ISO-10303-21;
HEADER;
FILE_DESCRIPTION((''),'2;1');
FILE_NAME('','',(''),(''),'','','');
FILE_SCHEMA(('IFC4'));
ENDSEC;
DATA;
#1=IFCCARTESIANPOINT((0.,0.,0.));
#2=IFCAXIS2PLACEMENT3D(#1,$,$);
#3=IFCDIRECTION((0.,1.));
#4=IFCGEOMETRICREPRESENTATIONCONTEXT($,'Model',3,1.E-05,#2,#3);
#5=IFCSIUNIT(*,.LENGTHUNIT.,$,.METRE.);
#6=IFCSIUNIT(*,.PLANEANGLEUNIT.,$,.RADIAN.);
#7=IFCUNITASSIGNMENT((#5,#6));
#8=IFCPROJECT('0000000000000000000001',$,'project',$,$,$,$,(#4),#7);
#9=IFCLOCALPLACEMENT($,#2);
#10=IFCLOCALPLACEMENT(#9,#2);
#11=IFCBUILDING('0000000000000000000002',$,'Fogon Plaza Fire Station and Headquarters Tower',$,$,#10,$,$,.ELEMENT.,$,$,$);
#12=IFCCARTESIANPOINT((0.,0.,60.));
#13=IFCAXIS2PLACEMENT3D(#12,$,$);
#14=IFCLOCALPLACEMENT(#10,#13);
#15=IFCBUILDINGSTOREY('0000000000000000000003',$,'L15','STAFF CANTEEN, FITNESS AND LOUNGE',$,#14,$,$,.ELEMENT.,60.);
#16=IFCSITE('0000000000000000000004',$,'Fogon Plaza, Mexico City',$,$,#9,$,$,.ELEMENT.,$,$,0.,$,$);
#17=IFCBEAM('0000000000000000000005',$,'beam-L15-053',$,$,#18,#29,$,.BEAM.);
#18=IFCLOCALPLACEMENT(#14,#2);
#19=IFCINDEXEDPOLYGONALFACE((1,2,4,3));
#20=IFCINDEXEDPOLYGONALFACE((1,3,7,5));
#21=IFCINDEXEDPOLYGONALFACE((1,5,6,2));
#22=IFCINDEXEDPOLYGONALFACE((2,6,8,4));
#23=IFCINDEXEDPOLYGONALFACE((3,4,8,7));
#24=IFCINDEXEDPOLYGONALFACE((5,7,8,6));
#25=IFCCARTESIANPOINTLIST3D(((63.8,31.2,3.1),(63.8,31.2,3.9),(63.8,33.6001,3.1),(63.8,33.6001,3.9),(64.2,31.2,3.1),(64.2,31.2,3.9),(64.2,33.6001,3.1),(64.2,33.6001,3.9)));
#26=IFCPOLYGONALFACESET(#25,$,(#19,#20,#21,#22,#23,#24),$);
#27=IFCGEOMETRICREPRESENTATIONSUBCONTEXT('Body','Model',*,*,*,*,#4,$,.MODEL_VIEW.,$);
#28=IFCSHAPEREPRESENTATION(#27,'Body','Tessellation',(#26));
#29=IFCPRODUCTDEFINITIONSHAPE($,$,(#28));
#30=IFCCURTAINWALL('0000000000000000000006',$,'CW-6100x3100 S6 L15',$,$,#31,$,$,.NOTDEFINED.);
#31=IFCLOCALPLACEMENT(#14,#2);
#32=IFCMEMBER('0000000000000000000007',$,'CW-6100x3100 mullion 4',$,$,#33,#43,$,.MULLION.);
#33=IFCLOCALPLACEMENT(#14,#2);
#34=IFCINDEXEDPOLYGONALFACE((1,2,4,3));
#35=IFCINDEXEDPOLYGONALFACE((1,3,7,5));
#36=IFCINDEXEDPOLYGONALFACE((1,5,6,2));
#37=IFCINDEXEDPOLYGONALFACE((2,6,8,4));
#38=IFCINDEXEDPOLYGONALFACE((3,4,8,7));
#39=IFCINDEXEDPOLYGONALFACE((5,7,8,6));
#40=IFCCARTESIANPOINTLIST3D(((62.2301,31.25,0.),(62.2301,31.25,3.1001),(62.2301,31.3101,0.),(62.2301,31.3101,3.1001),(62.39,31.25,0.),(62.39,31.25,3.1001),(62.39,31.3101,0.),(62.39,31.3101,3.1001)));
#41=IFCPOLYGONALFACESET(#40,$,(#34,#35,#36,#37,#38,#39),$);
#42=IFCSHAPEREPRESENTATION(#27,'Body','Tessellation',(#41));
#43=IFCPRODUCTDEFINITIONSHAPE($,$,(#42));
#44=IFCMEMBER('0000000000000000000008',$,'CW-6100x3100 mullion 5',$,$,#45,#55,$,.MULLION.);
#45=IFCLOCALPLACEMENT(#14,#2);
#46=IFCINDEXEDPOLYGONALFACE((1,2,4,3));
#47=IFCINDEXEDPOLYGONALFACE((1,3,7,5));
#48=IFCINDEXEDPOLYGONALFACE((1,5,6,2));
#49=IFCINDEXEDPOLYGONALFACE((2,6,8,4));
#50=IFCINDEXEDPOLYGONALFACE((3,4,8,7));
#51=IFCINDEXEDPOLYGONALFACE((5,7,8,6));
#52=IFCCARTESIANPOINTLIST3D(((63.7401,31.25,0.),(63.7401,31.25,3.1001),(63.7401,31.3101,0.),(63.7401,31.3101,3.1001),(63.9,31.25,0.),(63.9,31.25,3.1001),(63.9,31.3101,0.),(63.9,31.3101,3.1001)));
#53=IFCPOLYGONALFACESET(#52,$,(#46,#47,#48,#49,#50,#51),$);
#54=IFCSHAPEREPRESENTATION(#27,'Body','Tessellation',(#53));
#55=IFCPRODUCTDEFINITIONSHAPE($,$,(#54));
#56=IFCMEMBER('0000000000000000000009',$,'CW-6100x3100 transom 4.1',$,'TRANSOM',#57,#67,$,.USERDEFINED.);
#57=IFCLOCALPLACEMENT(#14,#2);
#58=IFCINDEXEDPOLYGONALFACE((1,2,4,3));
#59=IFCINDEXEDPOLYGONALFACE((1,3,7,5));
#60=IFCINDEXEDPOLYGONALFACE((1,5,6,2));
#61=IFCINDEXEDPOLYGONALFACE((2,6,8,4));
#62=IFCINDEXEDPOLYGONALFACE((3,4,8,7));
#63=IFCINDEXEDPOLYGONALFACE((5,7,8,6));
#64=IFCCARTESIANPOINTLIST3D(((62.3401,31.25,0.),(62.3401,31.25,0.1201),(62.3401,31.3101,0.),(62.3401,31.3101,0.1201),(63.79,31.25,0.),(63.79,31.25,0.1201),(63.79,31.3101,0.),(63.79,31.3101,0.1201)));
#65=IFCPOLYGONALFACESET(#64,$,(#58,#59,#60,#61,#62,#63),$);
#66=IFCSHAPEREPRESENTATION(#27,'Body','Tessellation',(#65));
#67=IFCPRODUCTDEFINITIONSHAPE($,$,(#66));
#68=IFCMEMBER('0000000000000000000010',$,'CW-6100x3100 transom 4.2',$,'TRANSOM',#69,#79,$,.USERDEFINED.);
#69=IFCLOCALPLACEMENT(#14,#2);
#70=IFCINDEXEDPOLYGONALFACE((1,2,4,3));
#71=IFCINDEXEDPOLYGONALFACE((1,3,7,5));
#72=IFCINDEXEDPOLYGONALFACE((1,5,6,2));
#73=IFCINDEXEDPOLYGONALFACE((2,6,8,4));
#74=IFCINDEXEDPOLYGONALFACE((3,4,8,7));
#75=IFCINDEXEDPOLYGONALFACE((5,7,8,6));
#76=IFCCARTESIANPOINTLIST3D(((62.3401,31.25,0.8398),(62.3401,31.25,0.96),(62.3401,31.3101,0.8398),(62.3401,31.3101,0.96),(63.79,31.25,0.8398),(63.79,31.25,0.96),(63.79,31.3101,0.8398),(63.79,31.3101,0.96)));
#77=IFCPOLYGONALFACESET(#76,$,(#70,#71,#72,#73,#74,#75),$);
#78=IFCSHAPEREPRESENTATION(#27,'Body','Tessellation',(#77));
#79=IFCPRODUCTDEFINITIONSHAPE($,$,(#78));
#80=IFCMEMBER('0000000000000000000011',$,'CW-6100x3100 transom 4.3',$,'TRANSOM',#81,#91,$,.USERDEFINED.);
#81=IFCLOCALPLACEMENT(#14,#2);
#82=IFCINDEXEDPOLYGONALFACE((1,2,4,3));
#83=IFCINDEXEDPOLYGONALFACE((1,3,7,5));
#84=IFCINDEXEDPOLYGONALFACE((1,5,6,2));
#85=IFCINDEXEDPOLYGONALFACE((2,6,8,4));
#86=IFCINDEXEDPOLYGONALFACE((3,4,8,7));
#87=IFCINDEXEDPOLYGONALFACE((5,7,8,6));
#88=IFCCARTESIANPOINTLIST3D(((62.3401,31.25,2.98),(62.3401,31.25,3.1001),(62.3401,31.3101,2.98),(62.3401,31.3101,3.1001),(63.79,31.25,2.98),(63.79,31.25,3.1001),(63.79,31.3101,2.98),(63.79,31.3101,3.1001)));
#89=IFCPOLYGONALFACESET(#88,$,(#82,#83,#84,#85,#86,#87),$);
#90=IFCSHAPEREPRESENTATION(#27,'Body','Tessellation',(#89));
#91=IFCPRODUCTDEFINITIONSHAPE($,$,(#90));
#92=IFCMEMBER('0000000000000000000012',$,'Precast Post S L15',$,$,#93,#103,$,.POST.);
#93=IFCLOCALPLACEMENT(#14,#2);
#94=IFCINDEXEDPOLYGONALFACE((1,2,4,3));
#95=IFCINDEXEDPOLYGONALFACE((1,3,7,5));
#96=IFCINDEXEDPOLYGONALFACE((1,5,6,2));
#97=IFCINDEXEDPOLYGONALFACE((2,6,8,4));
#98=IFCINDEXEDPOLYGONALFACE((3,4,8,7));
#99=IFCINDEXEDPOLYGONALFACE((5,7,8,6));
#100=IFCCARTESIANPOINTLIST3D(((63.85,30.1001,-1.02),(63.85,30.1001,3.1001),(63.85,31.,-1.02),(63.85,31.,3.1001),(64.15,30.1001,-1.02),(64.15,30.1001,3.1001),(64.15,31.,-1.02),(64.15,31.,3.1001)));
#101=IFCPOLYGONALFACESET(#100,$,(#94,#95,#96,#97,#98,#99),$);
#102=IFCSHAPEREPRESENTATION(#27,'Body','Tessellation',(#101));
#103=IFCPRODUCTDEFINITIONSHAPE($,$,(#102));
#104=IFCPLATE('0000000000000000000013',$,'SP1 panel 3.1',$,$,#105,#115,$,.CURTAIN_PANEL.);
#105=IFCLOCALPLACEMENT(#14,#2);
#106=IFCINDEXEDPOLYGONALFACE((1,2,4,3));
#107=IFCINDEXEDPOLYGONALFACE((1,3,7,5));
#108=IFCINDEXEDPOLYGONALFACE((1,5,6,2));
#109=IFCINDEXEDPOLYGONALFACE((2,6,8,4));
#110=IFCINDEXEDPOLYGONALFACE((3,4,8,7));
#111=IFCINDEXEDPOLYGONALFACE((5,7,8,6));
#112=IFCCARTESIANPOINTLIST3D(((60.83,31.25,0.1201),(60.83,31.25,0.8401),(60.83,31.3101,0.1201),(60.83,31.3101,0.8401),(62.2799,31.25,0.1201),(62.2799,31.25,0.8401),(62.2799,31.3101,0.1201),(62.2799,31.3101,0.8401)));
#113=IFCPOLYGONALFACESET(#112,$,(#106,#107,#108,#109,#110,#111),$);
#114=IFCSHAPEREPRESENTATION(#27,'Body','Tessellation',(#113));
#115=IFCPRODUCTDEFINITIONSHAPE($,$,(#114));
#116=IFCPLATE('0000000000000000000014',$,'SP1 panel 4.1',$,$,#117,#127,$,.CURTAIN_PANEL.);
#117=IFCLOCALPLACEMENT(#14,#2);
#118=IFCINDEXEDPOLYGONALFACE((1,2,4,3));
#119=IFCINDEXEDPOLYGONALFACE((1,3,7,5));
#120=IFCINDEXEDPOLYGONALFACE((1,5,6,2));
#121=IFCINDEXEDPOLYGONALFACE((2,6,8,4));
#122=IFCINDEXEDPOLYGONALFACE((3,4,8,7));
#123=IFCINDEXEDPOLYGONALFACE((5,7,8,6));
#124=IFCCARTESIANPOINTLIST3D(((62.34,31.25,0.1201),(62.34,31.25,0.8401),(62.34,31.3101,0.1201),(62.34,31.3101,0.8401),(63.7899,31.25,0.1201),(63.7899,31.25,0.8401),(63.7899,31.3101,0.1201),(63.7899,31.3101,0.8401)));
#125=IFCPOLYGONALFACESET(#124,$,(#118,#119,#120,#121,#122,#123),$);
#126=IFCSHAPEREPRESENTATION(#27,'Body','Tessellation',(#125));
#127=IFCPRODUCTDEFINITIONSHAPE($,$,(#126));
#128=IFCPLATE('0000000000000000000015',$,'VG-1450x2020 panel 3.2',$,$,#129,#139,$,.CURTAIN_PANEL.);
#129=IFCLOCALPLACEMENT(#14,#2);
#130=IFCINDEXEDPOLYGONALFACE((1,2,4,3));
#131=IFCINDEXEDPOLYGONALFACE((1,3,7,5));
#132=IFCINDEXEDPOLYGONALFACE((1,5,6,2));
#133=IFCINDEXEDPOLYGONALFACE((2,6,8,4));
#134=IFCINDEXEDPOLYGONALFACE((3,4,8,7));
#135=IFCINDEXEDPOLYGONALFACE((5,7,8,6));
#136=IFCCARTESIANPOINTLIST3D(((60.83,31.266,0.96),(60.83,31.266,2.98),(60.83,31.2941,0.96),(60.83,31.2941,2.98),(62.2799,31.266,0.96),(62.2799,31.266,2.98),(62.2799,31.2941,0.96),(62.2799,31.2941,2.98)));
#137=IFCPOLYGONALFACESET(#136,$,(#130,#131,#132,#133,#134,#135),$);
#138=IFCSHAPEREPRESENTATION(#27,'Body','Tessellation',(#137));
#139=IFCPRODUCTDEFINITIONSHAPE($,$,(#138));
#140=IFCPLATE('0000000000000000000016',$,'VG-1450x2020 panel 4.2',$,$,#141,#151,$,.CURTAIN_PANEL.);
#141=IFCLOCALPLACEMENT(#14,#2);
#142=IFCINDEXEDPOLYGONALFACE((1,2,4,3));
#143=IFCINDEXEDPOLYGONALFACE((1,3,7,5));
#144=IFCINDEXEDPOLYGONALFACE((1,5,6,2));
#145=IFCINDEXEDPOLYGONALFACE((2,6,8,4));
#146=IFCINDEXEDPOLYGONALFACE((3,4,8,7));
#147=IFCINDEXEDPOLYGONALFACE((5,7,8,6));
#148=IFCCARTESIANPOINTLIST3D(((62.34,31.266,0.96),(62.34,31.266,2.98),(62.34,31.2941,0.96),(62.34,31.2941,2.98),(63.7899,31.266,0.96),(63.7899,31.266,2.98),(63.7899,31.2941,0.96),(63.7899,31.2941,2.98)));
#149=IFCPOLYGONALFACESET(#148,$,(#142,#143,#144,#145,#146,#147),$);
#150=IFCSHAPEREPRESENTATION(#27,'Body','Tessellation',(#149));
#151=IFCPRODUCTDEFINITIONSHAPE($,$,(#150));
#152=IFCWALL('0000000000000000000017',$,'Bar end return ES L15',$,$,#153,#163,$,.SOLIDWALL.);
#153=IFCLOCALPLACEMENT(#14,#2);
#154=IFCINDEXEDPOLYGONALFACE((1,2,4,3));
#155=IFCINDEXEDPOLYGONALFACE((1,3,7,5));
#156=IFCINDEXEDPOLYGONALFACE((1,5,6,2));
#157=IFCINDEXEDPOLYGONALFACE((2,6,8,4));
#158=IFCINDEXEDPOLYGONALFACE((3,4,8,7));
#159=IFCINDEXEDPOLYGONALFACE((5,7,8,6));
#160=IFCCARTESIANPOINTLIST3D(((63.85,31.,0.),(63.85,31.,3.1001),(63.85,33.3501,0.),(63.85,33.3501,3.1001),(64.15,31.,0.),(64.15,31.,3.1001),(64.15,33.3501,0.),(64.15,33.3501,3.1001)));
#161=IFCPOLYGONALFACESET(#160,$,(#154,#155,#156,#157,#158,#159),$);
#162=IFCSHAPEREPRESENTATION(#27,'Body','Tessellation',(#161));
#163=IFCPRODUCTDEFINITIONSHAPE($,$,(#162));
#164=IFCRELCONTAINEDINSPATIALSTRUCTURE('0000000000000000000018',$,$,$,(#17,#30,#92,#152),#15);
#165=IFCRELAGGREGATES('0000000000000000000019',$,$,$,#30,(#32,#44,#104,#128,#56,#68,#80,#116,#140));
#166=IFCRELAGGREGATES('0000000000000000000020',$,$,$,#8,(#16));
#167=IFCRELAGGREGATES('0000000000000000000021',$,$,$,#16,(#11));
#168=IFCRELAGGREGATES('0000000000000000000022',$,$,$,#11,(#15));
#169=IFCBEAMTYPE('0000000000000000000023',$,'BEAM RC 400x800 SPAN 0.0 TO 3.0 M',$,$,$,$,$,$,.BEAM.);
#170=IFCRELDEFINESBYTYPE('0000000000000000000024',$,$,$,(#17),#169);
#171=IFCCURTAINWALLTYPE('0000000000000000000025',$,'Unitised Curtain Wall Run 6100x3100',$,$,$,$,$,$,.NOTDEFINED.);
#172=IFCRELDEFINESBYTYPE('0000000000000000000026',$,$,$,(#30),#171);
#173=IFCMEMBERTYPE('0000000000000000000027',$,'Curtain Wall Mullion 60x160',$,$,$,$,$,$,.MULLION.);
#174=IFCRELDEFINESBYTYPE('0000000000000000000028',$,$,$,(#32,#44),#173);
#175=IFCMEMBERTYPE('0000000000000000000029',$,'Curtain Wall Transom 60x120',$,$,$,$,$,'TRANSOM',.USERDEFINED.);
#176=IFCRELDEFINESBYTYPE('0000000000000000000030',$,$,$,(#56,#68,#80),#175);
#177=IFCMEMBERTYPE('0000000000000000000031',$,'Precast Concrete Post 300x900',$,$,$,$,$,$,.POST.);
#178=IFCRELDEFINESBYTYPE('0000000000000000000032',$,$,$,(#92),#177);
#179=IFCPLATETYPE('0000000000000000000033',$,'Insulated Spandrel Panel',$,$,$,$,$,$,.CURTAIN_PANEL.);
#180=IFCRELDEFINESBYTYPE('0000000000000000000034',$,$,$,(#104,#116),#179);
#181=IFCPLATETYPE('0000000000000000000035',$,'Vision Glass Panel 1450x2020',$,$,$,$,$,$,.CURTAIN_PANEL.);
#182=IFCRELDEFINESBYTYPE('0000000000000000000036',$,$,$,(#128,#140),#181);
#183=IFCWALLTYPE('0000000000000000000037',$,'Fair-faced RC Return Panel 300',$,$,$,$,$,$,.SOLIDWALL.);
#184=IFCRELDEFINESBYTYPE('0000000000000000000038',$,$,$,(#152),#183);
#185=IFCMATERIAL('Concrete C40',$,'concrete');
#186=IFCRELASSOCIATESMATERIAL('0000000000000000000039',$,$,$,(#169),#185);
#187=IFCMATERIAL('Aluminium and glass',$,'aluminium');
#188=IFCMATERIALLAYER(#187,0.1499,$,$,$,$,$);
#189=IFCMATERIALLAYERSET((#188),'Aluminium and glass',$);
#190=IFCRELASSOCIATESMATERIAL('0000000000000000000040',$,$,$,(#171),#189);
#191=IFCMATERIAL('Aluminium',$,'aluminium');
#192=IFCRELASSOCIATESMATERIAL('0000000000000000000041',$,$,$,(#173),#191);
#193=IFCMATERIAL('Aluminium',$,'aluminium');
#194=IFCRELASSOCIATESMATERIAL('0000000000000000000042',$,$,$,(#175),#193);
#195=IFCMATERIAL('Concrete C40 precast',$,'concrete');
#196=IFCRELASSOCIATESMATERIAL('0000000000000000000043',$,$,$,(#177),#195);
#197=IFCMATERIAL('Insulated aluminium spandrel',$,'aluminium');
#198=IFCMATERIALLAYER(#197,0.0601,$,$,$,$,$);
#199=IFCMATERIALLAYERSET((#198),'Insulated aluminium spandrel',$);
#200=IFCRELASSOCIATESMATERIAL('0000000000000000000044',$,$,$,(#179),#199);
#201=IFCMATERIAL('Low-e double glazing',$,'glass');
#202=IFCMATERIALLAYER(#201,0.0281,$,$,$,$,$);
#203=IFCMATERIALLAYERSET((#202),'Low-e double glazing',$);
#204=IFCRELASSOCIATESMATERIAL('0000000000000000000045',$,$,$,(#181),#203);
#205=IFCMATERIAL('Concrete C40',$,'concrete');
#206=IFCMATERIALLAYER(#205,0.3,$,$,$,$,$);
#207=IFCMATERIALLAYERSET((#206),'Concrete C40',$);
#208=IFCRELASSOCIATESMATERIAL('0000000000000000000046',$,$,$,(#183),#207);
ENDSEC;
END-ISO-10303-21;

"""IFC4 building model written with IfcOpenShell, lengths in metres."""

from ifc_helpers import new_model, si_unit, direction, frame, frame_2d, origin, origin_2d, place, context, subcontext, project, spatial, rectangle, extrude, material, layer, layer_set, material_profile, profile_set, type_object, element, aggregate, save


model = new_model("IFC4")

# Units and contexts
model_context = context("Model", 3, precision=1e-05, world=origin(), true_north=direction((0.0, 1.0)))
body_context = subcontext(model_context, "Body", "Model", "MODEL_VIEW")
ifc_project = project(units=[si_unit("LENGTHUNIT", "METRE"), si_unit("PLANEANGLEUNIT", "RADIAN")], contexts=[model_context])

# Site, building, storey
site_placement = place(None, origin())
site = spatial("IfcSite", under=ifc_project, at=site_placement, Name="Fogon Plaza, Mexico City", CompositionType="ELEMENT", RefElevation=0.0)
building_placement = place(site_placement, origin())
building = spatial("IfcBuilding", under=site, at=building_placement, Name="Fogon Plaza Fire Station and Headquarters Tower", CompositionType="ELEMENT")
storey_placement = place(building_placement, frame((0.0, 0.0, 60.0)))
storey = spatial("IfcBuildingStorey", under=building, at=storey_placement, Name="L15", Description="STAFF CANTEEN, FITNESS AND LOUNGE", CompositionType="ELEMENT", Elevation=60.0)

# Beam
ifc_material_1 = material(Name="Concrete C40", Category="concrete")
ifc_material_profile_1 = material_profile(ifc_material_1, rectangle(XDim=0.3999, YDim=0.8, at=origin_2d()), Name="RC 400x800")
ifc_profile_set_1 = profile_set([ifc_material_profile_1], Name="Concrete C40")
beam_type = type_object("IfcBeamType", Name="BEAM RC 400x800 SPAN 0.0 TO 3.0 M", PredefinedType="BEAM", material=ifc_profile_set_1)
beam_placement = place(storey_placement, frame((64.0, 31.2, 3.5), z_axis=(0.0, 1.0, 0.0), x_axis=(-1.0, 0.0, 0.0)))
element("IfcBeam", 1, at=beam_placement, inside=storey, type_object=beam_type, Name="beam-L15-053", PredefinedType="BEAM", context=body_context, shape_type="SweptSolid", body=[
    extrude(rectangle(XDim=0.3999, YDim=0.8, at=origin_2d()), origin(), (0.0, 0.0, 1.0), 2.4001),
])

# Curtain wall, members
ifc_material_2 = material(Name="Aluminium and glass", Category="aluminium")
ifc_layer_1 = layer(ifc_material_2, 0.1499)
ifc_layer_set_1 = layer_set([ifc_layer_1], Name="Aluminium and glass")
curtain_wall_type = type_object("IfcCurtainWallType", Name="Unitised Curtain Wall Run 6100x3100", PredefinedType="NOTDEFINED", material=ifc_layer_set_1)
curtain_wall_placement = place(storey_placement, origin())
curtain_wall = element("IfcCurtainWall", 2, at=curtain_wall_placement, inside=storey, type_object=curtain_wall_type, Name="CW-6100x3100 S6 L15", PredefinedType="NOTDEFINED")
ifc_material_3 = material(Name="Aluminium", Category="aluminium")
ifc_material_profile_2 = material_profile(ifc_material_3, rectangle(XDim=0.0601, YDim=0.1599, at=origin_2d()), Name="Curtain Wall Mullion 60x160")
ifc_profile_set_2 = profile_set([ifc_material_profile_2], Name="Aluminium")
member_type_1 = type_object("IfcMemberType", Name="Curtain Wall Mullion 60x160", PredefinedType="MULLION", material=ifc_profile_set_2)
member_1_placement = place(storey_placement, frame((62.3101, 31.28, 0.0), z_axis=(0.0, 0.0, 1.0), x_axis=(0.0, 1.0, 0.0)))
member_1 = element("IfcMember", 3, at=member_1_placement, type_object=member_type_1, Name="CW-6100x3100 mullion 4", PredefinedType="MULLION", context=body_context, shape_type="SweptSolid", body=[
    extrude(rectangle(XDim=0.0601, YDim=0.1599, at=origin_2d()), origin(), (0.0, 0.0, 1.0), 3.1001),
])
member_2_placement = place(storey_placement, frame((63.8201, 31.28, 0.0), z_axis=(0.0, 0.0, 1.0), x_axis=(0.0, 1.0, 0.0)))
member_2 = element("IfcMember", 4, at=member_2_placement, type_object=member_type_1, Name="CW-6100x3100 mullion 5", PredefinedType="MULLION", context=body_context, shape_type="SweptSolid", body=[
    extrude(rectangle(XDim=0.0601, YDim=0.1599, at=origin_2d()), origin(), (0.0, 0.0, 1.0), 3.1001),
])
ifc_material_4 = material(Name="Aluminium", Category="aluminium")
ifc_material_profile_3 = material_profile(ifc_material_4, rectangle(XDim=0.0601, YDim=0.1201, at=origin_2d()), Name="Curtain Wall Transom 60x120")
ifc_profile_set_3 = profile_set([ifc_material_profile_3], Name="Aluminium")
member_type_2 = type_object("IfcMemberType", Name="Curtain Wall Transom 60x120", ElementType="TRANSOM", PredefinedType="USERDEFINED", material=ifc_profile_set_3)
member_3_placement = place(storey_placement, frame((62.3401, 31.28, 0.0601), z_axis=(1.0, 0.0, 0.0), x_axis=(0.0, 1.0, 0.0)))
member_3 = element("IfcMember", 5, at=member_3_placement, type_object=member_type_2, Name="CW-6100x3100 transom 4.1", ObjectType="TRANSOM", PredefinedType="USERDEFINED", context=body_context, shape_type="SweptSolid", body=[
    extrude(rectangle(XDim=0.0601, YDim=0.1201, at=origin_2d()), origin(), (0.0, 0.0, 1.0), 1.45),
])
member_4_placement = place(storey_placement, frame((62.3401, 31.28, 0.8999), z_axis=(1.0, 0.0, 0.0), x_axis=(0.0, 1.0, 0.0)))
member_4 = element("IfcMember", 6, at=member_4_placement, type_object=member_type_2, Name="CW-6100x3100 transom 4.2", ObjectType="TRANSOM", PredefinedType="USERDEFINED", context=body_context, shape_type="SweptSolid", body=[
    extrude(rectangle(XDim=0.0601, YDim=0.1201, at=origin_2d()), origin(), (0.0, 0.0, 1.0), 1.45),
])
member_5_placement = place(storey_placement, frame((62.3401, 31.28, 3.04), z_axis=(1.0, 0.0, 0.0), x_axis=(0.0, 1.0, 0.0)))
member_5 = element("IfcMember", 7, at=member_5_placement, type_object=member_type_2, Name="CW-6100x3100 transom 4.3", ObjectType="TRANSOM", PredefinedType="USERDEFINED", context=body_context, shape_type="SweptSolid", body=[
    extrude(rectangle(XDim=0.0601, YDim=0.1201, at=origin_2d()), origin(), (0.0, 0.0, 1.0), 1.45),
])

# Member
ifc_material_5 = material(Name="Concrete C40 precast", Category="concrete")
ifc_material_profile_4 = material_profile(ifc_material_5, rectangle(XDim=0.3, YDim=0.8999, at=origin_2d()), Name="Precast Concrete Post 300x900")
ifc_profile_set_4 = profile_set([ifc_material_profile_4], Name="Concrete C40 precast")
member_type_3 = type_object("IfcMemberType", Name="Precast Concrete Post 300x900", PredefinedType="POST", material=ifc_profile_set_4)
member_6_placement = place(storey_placement, frame((64.0, 30.55, -1.02), z_axis=(0.0, 0.0, 1.0), x_axis=(1.0, 0.0, 0.0)))
element("IfcMember", 8, at=member_6_placement, inside=storey, type_object=member_type_3, Name="Precast Post S L15", PredefinedType="POST", context=body_context, shape_type="SweptSolid", body=[
    extrude(rectangle(XDim=0.3, YDim=0.8999, at=origin_2d()), origin(), (0.0, 0.0, 1.0), 4.1201),
])

# Plates
ifc_material_6 = material(Name="Insulated aluminium spandrel", Category="aluminium")
ifc_layer_2 = layer(ifc_material_6, 0.0601)
ifc_layer_set_2 = layer_set([ifc_layer_2], Name="Insulated aluminium spandrel")
plate_type_1 = type_object("IfcPlateType", Name="Insulated Spandrel Panel", PredefinedType="CURTAIN_PANEL", material=ifc_layer_set_2)
plate_1_placement = place(storey_placement, frame((61.5549, 31.28, 0.1201), z_axis=(0.0, 0.0, 1.0), x_axis=(1.0, 0.0, 0.0)))
plate_1 = element("IfcPlate", 9, at=plate_1_placement, type_object=plate_type_1, Name="SP1 panel 3.1", PredefinedType="CURTAIN_PANEL", context=body_context, shape_type="SweptSolid", body=[
    extrude(rectangle(XDim=1.45, YDim=0.0601, at=origin_2d()), origin(), (0.0, 0.0, 1.0), 0.72),
])
plate_2_placement = place(storey_placement, frame((63.0649, 31.28, 0.1201), z_axis=(0.0, 0.0, 1.0), x_axis=(1.0, 0.0, 0.0)))
plate_2 = element("IfcPlate", 10, at=plate_2_placement, type_object=plate_type_1, Name="SP1 panel 4.1", PredefinedType="CURTAIN_PANEL", context=body_context, shape_type="SweptSolid", body=[
    extrude(rectangle(XDim=1.45, YDim=0.0601, at=origin_2d()), origin(), (0.0, 0.0, 1.0), 0.72),
])
ifc_material_7 = material(Name="Low-e double glazing", Category="glass")
ifc_layer_3 = layer(ifc_material_7, 0.0281)
ifc_layer_set_3 = layer_set([ifc_layer_3], Name="Low-e double glazing")
plate_type_2 = type_object("IfcPlateType", Name="Vision Glass Panel 1450x2020", PredefinedType="CURTAIN_PANEL", material=ifc_layer_set_3)
plate_3_placement = place(storey_placement, frame((61.5549, 31.28, 0.96), z_axis=(0.0, 0.0, 1.0), x_axis=(1.0, 0.0, 0.0)))
plate_3 = element("IfcPlate", 11, at=plate_3_placement, type_object=plate_type_2, Name="VG-1450x2020 panel 3.2", PredefinedType="CURTAIN_PANEL", context=body_context, shape_type="SweptSolid", body=[
    extrude(rectangle(XDim=1.45, YDim=0.0281, at=origin_2d()), origin(), (0.0, 0.0, 1.0), 2.02),
])
plate_4_placement = place(storey_placement, frame((63.0649, 31.28, 0.96), z_axis=(0.0, 0.0, 1.0), x_axis=(1.0, 0.0, 0.0)))
plate_4 = element("IfcPlate", 12, at=plate_4_placement, type_object=plate_type_2, Name="VG-1450x2020 panel 4.2", PredefinedType="CURTAIN_PANEL", context=body_context, shape_type="SweptSolid", body=[
    extrude(rectangle(XDim=1.45, YDim=0.0281, at=origin_2d()), origin(), (0.0, 0.0, 1.0), 2.02),
])
aggregate(curtain_wall, [member_1, member_2, plate_1, plate_3, member_3, member_4, member_5, plate_2, plate_4])

# Wall
ifc_material_8 = material(Name="Concrete C40", Category="concrete")
ifc_layer_4 = layer(ifc_material_8, 0.3)
ifc_layer_set_4 = layer_set([ifc_layer_4], Name="Concrete C40")
wall_type_1 = type_object("IfcWallType", Name="Fair-faced RC Return Panel 300", PredefinedType="SOLIDWALL", material=ifc_layer_set_4)
wall_1_placement = place(storey_placement, frame((64.0, 31.0, 0.0), z_axis=(0.0, 0.0, 1.0), x_axis=(0.0, 1.0, 0.0)))
element("IfcWall", 13, at=wall_1_placement, inside=storey, type_object=wall_type_1, Name="Bar end return ES L15", PredefinedType="SOLIDWALL", context=body_context, shape_type="SweptSolid", body=[
    extrude(rectangle(XDim=2.3501, YDim=0.3, at=frame_2d((1.175, 0.0))), origin(), (0.0, 0.0, 1.0), 3.1001),
])

save(model, "model.ifc")
